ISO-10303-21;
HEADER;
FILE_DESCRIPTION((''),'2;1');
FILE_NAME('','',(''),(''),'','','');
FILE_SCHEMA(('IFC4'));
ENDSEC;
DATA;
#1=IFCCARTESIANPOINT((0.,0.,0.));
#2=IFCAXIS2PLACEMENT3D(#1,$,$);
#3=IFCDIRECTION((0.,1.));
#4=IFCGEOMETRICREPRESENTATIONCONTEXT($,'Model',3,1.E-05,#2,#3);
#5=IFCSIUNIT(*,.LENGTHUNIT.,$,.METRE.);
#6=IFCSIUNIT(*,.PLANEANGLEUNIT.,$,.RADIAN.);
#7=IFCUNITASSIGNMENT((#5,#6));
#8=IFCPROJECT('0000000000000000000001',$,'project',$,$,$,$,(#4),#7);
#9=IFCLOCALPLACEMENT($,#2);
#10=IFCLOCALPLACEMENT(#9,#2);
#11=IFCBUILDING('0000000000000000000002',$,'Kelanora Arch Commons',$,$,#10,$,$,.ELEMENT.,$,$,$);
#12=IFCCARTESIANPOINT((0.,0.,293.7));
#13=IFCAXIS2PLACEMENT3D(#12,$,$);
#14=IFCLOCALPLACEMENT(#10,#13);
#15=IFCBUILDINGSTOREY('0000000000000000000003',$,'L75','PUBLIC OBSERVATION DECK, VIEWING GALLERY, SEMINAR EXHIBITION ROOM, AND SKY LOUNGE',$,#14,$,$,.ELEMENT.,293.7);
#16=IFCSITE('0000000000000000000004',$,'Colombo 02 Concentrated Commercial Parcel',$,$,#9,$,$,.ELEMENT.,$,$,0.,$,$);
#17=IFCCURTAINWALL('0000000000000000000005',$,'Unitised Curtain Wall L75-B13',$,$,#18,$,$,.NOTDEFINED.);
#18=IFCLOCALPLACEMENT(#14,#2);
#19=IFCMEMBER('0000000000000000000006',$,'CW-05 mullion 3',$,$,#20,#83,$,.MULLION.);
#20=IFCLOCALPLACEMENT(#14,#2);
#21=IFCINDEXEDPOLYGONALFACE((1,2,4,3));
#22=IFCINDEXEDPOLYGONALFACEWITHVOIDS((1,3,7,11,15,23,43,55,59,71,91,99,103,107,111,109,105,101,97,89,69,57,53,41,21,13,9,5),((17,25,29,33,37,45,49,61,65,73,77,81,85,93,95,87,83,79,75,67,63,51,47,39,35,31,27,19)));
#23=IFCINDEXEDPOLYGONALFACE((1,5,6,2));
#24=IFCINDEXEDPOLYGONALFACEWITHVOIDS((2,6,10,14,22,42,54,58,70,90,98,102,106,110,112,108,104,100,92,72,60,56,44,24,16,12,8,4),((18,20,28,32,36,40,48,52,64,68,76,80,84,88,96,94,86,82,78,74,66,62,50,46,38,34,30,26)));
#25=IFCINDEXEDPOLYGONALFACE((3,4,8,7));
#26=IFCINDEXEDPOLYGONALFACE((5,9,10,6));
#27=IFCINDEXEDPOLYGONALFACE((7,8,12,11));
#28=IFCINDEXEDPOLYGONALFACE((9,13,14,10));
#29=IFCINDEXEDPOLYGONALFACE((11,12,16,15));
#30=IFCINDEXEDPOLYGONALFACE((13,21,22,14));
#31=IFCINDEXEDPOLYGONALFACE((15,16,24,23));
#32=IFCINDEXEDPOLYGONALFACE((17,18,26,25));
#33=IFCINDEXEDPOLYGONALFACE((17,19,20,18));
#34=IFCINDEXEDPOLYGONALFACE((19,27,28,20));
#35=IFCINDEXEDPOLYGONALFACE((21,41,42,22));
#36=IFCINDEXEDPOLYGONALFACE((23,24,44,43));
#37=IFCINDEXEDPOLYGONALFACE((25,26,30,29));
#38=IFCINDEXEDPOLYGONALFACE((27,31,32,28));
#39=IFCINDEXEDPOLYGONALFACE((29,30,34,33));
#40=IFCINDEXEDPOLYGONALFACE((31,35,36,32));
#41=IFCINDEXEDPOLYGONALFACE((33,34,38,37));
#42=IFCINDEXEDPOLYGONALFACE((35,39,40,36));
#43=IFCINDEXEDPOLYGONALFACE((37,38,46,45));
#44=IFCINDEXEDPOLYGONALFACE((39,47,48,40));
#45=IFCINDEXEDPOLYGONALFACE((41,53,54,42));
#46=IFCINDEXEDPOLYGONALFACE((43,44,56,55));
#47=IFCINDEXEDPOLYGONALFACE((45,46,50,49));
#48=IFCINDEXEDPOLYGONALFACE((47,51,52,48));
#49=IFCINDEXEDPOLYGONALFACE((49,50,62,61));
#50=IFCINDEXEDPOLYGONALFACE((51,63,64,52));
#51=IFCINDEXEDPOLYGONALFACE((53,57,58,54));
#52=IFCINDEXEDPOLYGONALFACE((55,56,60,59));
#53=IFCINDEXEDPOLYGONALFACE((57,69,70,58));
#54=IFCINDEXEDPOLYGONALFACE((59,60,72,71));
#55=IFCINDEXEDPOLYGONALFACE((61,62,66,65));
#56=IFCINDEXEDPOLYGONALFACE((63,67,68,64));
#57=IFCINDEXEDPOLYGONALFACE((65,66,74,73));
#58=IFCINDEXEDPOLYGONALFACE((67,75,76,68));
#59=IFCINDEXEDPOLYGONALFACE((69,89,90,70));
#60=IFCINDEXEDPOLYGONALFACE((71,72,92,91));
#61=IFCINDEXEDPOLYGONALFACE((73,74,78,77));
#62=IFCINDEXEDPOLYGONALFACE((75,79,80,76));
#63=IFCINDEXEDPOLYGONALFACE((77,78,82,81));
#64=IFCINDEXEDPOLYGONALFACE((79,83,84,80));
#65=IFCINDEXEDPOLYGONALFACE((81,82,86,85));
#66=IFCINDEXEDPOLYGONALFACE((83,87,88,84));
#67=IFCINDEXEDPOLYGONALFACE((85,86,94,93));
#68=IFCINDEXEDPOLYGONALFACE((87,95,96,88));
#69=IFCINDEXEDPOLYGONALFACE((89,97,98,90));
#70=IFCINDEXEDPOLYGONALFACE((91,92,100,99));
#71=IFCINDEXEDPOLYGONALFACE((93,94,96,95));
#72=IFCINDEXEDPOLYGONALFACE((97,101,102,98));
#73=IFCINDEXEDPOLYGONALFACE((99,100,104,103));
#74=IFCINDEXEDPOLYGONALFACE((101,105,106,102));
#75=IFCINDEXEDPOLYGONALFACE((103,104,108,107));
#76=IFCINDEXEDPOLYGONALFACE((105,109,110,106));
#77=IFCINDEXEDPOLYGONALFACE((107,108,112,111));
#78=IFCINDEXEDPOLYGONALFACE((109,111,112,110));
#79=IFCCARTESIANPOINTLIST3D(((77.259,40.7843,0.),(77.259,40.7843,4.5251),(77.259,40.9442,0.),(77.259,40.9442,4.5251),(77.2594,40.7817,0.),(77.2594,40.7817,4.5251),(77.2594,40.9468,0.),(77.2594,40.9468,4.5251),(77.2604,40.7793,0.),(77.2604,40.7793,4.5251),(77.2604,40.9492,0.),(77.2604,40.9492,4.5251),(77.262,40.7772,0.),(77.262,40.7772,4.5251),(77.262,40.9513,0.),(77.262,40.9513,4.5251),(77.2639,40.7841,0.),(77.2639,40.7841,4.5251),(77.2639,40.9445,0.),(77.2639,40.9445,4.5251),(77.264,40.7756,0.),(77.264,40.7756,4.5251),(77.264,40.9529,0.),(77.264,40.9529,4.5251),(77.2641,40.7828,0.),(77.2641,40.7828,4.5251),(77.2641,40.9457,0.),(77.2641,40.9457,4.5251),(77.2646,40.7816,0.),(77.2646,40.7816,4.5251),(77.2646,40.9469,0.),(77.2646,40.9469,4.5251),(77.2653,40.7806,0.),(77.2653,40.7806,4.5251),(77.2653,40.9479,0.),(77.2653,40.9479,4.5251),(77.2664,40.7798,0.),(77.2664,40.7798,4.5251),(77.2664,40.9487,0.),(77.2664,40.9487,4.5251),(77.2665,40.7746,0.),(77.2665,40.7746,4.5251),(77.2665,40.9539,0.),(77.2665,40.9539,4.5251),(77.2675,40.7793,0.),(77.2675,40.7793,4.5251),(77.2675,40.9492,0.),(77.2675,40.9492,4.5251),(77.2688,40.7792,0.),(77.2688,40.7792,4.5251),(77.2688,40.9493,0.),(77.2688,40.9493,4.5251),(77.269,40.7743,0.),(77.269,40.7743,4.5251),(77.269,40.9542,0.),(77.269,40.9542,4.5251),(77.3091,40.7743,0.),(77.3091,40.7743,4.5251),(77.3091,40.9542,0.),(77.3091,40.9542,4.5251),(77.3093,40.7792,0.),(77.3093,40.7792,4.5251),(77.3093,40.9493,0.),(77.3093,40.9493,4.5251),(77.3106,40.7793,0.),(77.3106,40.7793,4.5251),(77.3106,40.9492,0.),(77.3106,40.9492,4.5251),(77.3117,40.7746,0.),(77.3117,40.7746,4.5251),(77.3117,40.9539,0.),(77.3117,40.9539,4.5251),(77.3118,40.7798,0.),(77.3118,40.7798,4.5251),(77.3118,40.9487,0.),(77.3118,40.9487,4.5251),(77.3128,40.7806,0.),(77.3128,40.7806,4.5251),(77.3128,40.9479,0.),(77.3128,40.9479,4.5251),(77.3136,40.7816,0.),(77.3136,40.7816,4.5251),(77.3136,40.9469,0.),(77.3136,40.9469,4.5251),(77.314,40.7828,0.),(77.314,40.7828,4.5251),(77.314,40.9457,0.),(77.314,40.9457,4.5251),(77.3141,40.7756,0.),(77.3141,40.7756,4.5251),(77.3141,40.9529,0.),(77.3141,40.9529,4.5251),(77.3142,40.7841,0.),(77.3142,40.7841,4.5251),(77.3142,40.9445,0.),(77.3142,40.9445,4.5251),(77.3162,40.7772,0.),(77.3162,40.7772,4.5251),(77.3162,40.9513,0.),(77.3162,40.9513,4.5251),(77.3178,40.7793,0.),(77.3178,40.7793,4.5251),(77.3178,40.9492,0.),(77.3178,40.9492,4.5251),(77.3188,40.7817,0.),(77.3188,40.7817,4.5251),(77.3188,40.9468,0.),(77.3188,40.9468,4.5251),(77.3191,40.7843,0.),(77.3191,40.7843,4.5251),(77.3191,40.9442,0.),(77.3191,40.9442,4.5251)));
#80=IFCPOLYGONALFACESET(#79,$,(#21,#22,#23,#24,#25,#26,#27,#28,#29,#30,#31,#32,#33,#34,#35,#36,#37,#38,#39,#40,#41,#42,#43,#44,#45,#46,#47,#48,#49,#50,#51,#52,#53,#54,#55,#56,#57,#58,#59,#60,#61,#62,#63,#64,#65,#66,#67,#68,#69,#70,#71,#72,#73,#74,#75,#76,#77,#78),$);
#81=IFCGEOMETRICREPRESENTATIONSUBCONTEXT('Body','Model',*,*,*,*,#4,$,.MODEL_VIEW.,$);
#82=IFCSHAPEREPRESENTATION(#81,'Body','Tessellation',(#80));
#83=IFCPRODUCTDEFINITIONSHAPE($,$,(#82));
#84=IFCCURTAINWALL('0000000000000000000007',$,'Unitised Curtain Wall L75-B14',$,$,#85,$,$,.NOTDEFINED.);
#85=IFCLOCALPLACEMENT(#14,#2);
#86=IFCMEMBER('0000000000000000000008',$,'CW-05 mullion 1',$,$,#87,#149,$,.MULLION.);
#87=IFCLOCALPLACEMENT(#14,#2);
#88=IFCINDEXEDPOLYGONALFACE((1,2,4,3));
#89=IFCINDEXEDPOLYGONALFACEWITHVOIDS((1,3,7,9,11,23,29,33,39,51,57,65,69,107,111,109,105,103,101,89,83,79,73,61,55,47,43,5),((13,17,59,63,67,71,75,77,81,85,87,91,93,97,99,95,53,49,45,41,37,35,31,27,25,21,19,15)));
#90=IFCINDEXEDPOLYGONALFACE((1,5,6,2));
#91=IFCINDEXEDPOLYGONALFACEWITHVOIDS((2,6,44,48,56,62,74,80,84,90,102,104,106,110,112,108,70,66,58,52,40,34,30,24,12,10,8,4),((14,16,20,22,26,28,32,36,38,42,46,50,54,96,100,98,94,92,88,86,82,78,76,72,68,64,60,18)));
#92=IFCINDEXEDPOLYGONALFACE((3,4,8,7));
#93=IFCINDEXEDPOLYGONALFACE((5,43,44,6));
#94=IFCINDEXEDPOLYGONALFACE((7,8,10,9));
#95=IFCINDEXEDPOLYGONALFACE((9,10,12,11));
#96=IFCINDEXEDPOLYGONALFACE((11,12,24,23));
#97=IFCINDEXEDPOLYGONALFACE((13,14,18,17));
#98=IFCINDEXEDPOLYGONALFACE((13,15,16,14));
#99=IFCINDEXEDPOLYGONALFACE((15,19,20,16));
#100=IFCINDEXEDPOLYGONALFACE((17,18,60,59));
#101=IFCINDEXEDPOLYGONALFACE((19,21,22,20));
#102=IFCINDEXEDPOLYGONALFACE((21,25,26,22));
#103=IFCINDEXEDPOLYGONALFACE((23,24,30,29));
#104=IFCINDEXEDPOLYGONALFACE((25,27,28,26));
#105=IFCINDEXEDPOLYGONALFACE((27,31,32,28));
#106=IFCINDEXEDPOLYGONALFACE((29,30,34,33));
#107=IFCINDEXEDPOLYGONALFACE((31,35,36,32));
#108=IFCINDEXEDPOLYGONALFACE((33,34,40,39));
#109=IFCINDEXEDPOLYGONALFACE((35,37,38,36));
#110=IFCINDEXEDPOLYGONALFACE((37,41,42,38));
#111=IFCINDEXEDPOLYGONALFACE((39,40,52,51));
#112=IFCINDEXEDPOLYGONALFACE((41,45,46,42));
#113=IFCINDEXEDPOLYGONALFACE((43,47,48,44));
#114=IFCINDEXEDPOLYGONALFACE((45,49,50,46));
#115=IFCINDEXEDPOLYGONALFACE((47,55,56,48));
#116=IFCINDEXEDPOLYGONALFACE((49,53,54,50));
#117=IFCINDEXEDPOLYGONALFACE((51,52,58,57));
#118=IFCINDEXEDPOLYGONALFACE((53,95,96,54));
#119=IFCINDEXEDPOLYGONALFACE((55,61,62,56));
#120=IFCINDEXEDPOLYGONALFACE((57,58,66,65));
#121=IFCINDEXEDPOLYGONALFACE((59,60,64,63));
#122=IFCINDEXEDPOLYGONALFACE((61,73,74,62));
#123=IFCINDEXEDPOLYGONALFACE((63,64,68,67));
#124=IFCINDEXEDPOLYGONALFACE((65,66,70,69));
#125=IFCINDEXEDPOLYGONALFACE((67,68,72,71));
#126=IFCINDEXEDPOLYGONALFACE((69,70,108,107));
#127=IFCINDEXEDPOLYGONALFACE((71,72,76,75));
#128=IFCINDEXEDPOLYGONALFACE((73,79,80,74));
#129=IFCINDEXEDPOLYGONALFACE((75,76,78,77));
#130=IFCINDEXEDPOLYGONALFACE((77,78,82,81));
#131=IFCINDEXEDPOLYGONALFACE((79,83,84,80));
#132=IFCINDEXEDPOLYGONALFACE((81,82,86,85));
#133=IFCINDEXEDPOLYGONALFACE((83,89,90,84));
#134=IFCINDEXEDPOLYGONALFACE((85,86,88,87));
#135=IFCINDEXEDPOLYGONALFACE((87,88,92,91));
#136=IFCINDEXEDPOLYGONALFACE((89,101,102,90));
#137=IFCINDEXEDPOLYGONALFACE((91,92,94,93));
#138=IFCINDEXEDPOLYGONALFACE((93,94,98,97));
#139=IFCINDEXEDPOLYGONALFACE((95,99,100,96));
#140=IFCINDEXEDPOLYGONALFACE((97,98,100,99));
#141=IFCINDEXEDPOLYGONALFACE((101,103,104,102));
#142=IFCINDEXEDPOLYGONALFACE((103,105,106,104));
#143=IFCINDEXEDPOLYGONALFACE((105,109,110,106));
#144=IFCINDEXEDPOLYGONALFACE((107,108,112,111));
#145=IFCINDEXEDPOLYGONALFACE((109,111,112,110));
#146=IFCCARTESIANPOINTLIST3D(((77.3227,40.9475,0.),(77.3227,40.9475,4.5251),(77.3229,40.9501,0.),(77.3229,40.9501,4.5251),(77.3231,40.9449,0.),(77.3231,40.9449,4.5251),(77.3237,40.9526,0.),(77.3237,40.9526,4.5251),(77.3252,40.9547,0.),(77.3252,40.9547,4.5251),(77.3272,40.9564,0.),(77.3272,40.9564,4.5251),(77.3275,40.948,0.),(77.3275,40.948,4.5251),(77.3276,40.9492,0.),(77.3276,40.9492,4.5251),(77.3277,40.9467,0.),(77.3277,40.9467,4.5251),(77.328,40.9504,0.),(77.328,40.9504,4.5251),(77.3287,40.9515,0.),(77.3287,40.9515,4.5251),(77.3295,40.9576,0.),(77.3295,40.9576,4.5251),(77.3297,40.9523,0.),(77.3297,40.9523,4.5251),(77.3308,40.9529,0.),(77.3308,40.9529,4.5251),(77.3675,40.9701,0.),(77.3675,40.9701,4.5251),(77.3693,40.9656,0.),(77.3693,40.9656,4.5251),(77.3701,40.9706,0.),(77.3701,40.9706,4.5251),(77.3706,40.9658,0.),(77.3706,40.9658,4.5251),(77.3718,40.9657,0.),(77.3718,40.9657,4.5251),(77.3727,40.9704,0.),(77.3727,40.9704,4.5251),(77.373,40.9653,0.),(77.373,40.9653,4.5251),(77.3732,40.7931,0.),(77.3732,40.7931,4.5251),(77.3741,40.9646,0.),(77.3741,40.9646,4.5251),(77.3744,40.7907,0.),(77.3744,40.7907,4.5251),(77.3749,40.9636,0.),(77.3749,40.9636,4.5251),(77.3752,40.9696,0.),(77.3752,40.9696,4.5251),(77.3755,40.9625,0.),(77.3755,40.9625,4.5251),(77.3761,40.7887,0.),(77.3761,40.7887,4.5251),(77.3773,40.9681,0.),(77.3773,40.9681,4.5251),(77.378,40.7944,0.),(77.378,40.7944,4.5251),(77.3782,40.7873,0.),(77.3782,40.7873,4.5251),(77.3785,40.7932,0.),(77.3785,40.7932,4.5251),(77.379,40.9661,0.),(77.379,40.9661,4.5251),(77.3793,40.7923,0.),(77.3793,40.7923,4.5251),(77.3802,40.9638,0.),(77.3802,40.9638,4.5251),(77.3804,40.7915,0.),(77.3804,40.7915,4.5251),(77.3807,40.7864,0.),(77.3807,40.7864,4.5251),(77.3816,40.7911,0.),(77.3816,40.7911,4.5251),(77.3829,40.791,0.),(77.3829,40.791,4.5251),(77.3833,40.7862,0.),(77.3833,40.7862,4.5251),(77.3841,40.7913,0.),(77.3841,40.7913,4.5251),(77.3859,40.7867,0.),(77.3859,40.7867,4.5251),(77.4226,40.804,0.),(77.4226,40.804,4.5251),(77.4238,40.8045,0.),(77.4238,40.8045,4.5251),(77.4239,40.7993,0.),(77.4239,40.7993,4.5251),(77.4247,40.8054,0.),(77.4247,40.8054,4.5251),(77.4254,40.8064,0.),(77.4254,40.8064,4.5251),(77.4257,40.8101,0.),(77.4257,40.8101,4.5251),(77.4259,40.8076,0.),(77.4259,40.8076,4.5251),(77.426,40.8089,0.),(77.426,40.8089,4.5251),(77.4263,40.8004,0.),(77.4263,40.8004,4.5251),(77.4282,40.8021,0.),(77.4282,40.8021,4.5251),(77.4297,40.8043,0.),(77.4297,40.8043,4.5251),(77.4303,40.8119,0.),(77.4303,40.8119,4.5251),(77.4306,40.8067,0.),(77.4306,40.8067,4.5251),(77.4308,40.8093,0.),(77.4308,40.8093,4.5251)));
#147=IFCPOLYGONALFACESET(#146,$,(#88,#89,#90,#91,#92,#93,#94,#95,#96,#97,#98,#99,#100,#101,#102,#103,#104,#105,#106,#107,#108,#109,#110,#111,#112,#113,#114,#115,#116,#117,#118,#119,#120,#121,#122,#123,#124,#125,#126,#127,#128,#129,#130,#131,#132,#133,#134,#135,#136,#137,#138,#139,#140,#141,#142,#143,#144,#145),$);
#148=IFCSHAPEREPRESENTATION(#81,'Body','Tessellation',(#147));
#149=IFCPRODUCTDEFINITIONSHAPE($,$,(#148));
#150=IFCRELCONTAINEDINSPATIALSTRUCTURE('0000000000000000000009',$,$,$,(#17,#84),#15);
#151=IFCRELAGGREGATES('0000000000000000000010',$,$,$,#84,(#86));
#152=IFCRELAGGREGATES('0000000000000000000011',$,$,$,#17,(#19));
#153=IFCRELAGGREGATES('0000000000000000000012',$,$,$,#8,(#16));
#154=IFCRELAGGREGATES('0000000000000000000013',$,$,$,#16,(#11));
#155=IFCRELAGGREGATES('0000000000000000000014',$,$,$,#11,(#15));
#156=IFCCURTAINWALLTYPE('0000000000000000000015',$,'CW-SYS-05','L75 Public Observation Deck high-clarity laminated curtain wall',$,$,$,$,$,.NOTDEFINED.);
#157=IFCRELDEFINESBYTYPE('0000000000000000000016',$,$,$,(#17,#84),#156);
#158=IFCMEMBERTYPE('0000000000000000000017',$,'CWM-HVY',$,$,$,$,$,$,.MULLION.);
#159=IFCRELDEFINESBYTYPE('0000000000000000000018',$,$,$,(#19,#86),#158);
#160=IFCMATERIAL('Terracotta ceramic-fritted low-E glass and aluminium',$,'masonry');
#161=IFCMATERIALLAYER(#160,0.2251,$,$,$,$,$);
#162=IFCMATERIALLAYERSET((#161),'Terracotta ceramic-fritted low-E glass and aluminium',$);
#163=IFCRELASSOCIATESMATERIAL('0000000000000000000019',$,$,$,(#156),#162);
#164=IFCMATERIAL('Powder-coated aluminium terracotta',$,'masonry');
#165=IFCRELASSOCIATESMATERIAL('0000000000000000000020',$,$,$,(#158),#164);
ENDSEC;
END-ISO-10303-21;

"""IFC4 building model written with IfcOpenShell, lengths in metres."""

from ifc_helpers import new_model, si_unit, direction, frame, origin, origin_2d, place, context, subcontext, project, spatial, hollow_rectangle, extrude, material, layer, layer_set, material_profile, profile_set, type_object, element, aggregate, save


model = new_model("IFC4")

# Units and contexts
model_context = context("Model", 3, precision=1e-05, world=origin(), true_north=direction((0.0, 1.0)))
body_context = subcontext(model_context, "Body", "Model", "MODEL_VIEW")
ifc_project = project(units=[si_unit("LENGTHUNIT", "METRE"), si_unit("PLANEANGLEUNIT", "RADIAN")], contexts=[model_context])

# Site, building, storey
site_placement = place(None, origin())
site = spatial("IfcSite", under=ifc_project, at=site_placement, Name="Colombo 02 Concentrated Commercial Parcel", CompositionType="ELEMENT", RefElevation=0.0)
building_placement = place(site_placement, origin())
building = spatial("IfcBuilding", under=site, at=building_placement, Name="Kelanora Arch Commons", CompositionType="ELEMENT")
storey_placement = place(building_placement, frame((0.0, 0.0, 293.7)))
storey = spatial("IfcBuildingStorey", under=building, at=storey_placement, Name="L75", Description="PUBLIC OBSERVATION DECK, VIEWING GALLERY, SEMINAR EXHIBITION ROOM, AND SKY LOUNGE", CompositionType="ELEMENT", Elevation=293.7)

# Curtain walls, members
ifc_material_1 = material(Name="Terracotta ceramic-fritted low-E glass and aluminium", Category="masonry")
ifc_layer_1 = layer(ifc_material_1, 0.2251)
ifc_layer_set_1 = layer_set([ifc_layer_1], Name="Terracotta ceramic-fritted low-E glass and aluminium")
curtain_wall_type = type_object("IfcCurtainWallType", Name="CW-SYS-05", Description="L75 Public Observation Deck high-clarity laminated curtain wall", PredefinedType="NOTDEFINED", material=ifc_layer_set_1)
curtain_wall_1_placement = place(storey_placement, origin())
curtain_wall_1 = element("IfcCurtainWall", 1, at=curtain_wall_1_placement, inside=storey, type_object=curtain_wall_type, Name="Unitised Curtain Wall L75-B13", PredefinedType="NOTDEFINED")
ifc_material_2 = material(Name="Powder-coated aluminium terracotta", Category="masonry")
ifc_material_profile_1 = material_profile(ifc_material_2, hollow_rectangle(XDim=0.1799, YDim=0.0601, WallThickness=0.0049, InnerFilletRadius=0.0049, OuterFilletRadius=0.01, at=origin_2d()), Name="CWM180x60")
ifc_profile_set_1 = profile_set([ifc_material_profile_1], Name="Powder-coated aluminium terracotta")
member_type_1 = type_object("IfcMemberType", Name="CWM-HVY", PredefinedType="MULLION", material=ifc_profile_set_1)
member_1_placement = place(storey_placement, frame((77.2891, 40.8643, 0.0), z_axis=(0.0, 0.0, 1.0), x_axis=(0.0, 1.0, 0.0)))
member_1 = element("IfcMember", 2, at=member_1_placement, type_object=member_type_1, Name="CW-05 mullion 3", PredefinedType="MULLION", context=body_context, shape_type="SweptSolid", body=[
    extrude(hollow_rectangle(XDim=0.1799, YDim=0.0601, WallThickness=0.0049, InnerFilletRadius=0.0049, OuterFilletRadius=0.01, at=origin_2d()), origin(), (0.0, 0.0, 1.0), 4.5251),
])
curtain_wall_2_placement = place(storey_placement, origin())
curtain_wall_2 = element("IfcCurtainWall", 3, at=curtain_wall_2_placement, inside=storey, type_object=curtain_wall_type, Name="Unitised Curtain Wall L75-B14", PredefinedType="NOTDEFINED")
member_2_placement = place(storey_placement, frame((77.3767, 40.8784, 0.0), z_axis=(0.0, 0.0, 1.0), x_axis=(-0.313253, 0.94967, 0.0)))
member_2 = element("IfcMember", 4, at=member_2_placement, type_object=member_type_1, Name="CW-05 mullion 1", PredefinedType="MULLION", context=body_context, shape_type="SweptSolid", body=[
    extrude(hollow_rectangle(XDim=0.1799, YDim=0.0601, WallThickness=0.0049, InnerFilletRadius=0.0049, OuterFilletRadius=0.01, at=origin_2d()), origin(), (0.0, 0.0, 1.0), 4.5251),
])

aggregate(curtain_wall_2, [member_2])
aggregate(curtain_wall_1, [member_1])

save(model, "model.ifc")
